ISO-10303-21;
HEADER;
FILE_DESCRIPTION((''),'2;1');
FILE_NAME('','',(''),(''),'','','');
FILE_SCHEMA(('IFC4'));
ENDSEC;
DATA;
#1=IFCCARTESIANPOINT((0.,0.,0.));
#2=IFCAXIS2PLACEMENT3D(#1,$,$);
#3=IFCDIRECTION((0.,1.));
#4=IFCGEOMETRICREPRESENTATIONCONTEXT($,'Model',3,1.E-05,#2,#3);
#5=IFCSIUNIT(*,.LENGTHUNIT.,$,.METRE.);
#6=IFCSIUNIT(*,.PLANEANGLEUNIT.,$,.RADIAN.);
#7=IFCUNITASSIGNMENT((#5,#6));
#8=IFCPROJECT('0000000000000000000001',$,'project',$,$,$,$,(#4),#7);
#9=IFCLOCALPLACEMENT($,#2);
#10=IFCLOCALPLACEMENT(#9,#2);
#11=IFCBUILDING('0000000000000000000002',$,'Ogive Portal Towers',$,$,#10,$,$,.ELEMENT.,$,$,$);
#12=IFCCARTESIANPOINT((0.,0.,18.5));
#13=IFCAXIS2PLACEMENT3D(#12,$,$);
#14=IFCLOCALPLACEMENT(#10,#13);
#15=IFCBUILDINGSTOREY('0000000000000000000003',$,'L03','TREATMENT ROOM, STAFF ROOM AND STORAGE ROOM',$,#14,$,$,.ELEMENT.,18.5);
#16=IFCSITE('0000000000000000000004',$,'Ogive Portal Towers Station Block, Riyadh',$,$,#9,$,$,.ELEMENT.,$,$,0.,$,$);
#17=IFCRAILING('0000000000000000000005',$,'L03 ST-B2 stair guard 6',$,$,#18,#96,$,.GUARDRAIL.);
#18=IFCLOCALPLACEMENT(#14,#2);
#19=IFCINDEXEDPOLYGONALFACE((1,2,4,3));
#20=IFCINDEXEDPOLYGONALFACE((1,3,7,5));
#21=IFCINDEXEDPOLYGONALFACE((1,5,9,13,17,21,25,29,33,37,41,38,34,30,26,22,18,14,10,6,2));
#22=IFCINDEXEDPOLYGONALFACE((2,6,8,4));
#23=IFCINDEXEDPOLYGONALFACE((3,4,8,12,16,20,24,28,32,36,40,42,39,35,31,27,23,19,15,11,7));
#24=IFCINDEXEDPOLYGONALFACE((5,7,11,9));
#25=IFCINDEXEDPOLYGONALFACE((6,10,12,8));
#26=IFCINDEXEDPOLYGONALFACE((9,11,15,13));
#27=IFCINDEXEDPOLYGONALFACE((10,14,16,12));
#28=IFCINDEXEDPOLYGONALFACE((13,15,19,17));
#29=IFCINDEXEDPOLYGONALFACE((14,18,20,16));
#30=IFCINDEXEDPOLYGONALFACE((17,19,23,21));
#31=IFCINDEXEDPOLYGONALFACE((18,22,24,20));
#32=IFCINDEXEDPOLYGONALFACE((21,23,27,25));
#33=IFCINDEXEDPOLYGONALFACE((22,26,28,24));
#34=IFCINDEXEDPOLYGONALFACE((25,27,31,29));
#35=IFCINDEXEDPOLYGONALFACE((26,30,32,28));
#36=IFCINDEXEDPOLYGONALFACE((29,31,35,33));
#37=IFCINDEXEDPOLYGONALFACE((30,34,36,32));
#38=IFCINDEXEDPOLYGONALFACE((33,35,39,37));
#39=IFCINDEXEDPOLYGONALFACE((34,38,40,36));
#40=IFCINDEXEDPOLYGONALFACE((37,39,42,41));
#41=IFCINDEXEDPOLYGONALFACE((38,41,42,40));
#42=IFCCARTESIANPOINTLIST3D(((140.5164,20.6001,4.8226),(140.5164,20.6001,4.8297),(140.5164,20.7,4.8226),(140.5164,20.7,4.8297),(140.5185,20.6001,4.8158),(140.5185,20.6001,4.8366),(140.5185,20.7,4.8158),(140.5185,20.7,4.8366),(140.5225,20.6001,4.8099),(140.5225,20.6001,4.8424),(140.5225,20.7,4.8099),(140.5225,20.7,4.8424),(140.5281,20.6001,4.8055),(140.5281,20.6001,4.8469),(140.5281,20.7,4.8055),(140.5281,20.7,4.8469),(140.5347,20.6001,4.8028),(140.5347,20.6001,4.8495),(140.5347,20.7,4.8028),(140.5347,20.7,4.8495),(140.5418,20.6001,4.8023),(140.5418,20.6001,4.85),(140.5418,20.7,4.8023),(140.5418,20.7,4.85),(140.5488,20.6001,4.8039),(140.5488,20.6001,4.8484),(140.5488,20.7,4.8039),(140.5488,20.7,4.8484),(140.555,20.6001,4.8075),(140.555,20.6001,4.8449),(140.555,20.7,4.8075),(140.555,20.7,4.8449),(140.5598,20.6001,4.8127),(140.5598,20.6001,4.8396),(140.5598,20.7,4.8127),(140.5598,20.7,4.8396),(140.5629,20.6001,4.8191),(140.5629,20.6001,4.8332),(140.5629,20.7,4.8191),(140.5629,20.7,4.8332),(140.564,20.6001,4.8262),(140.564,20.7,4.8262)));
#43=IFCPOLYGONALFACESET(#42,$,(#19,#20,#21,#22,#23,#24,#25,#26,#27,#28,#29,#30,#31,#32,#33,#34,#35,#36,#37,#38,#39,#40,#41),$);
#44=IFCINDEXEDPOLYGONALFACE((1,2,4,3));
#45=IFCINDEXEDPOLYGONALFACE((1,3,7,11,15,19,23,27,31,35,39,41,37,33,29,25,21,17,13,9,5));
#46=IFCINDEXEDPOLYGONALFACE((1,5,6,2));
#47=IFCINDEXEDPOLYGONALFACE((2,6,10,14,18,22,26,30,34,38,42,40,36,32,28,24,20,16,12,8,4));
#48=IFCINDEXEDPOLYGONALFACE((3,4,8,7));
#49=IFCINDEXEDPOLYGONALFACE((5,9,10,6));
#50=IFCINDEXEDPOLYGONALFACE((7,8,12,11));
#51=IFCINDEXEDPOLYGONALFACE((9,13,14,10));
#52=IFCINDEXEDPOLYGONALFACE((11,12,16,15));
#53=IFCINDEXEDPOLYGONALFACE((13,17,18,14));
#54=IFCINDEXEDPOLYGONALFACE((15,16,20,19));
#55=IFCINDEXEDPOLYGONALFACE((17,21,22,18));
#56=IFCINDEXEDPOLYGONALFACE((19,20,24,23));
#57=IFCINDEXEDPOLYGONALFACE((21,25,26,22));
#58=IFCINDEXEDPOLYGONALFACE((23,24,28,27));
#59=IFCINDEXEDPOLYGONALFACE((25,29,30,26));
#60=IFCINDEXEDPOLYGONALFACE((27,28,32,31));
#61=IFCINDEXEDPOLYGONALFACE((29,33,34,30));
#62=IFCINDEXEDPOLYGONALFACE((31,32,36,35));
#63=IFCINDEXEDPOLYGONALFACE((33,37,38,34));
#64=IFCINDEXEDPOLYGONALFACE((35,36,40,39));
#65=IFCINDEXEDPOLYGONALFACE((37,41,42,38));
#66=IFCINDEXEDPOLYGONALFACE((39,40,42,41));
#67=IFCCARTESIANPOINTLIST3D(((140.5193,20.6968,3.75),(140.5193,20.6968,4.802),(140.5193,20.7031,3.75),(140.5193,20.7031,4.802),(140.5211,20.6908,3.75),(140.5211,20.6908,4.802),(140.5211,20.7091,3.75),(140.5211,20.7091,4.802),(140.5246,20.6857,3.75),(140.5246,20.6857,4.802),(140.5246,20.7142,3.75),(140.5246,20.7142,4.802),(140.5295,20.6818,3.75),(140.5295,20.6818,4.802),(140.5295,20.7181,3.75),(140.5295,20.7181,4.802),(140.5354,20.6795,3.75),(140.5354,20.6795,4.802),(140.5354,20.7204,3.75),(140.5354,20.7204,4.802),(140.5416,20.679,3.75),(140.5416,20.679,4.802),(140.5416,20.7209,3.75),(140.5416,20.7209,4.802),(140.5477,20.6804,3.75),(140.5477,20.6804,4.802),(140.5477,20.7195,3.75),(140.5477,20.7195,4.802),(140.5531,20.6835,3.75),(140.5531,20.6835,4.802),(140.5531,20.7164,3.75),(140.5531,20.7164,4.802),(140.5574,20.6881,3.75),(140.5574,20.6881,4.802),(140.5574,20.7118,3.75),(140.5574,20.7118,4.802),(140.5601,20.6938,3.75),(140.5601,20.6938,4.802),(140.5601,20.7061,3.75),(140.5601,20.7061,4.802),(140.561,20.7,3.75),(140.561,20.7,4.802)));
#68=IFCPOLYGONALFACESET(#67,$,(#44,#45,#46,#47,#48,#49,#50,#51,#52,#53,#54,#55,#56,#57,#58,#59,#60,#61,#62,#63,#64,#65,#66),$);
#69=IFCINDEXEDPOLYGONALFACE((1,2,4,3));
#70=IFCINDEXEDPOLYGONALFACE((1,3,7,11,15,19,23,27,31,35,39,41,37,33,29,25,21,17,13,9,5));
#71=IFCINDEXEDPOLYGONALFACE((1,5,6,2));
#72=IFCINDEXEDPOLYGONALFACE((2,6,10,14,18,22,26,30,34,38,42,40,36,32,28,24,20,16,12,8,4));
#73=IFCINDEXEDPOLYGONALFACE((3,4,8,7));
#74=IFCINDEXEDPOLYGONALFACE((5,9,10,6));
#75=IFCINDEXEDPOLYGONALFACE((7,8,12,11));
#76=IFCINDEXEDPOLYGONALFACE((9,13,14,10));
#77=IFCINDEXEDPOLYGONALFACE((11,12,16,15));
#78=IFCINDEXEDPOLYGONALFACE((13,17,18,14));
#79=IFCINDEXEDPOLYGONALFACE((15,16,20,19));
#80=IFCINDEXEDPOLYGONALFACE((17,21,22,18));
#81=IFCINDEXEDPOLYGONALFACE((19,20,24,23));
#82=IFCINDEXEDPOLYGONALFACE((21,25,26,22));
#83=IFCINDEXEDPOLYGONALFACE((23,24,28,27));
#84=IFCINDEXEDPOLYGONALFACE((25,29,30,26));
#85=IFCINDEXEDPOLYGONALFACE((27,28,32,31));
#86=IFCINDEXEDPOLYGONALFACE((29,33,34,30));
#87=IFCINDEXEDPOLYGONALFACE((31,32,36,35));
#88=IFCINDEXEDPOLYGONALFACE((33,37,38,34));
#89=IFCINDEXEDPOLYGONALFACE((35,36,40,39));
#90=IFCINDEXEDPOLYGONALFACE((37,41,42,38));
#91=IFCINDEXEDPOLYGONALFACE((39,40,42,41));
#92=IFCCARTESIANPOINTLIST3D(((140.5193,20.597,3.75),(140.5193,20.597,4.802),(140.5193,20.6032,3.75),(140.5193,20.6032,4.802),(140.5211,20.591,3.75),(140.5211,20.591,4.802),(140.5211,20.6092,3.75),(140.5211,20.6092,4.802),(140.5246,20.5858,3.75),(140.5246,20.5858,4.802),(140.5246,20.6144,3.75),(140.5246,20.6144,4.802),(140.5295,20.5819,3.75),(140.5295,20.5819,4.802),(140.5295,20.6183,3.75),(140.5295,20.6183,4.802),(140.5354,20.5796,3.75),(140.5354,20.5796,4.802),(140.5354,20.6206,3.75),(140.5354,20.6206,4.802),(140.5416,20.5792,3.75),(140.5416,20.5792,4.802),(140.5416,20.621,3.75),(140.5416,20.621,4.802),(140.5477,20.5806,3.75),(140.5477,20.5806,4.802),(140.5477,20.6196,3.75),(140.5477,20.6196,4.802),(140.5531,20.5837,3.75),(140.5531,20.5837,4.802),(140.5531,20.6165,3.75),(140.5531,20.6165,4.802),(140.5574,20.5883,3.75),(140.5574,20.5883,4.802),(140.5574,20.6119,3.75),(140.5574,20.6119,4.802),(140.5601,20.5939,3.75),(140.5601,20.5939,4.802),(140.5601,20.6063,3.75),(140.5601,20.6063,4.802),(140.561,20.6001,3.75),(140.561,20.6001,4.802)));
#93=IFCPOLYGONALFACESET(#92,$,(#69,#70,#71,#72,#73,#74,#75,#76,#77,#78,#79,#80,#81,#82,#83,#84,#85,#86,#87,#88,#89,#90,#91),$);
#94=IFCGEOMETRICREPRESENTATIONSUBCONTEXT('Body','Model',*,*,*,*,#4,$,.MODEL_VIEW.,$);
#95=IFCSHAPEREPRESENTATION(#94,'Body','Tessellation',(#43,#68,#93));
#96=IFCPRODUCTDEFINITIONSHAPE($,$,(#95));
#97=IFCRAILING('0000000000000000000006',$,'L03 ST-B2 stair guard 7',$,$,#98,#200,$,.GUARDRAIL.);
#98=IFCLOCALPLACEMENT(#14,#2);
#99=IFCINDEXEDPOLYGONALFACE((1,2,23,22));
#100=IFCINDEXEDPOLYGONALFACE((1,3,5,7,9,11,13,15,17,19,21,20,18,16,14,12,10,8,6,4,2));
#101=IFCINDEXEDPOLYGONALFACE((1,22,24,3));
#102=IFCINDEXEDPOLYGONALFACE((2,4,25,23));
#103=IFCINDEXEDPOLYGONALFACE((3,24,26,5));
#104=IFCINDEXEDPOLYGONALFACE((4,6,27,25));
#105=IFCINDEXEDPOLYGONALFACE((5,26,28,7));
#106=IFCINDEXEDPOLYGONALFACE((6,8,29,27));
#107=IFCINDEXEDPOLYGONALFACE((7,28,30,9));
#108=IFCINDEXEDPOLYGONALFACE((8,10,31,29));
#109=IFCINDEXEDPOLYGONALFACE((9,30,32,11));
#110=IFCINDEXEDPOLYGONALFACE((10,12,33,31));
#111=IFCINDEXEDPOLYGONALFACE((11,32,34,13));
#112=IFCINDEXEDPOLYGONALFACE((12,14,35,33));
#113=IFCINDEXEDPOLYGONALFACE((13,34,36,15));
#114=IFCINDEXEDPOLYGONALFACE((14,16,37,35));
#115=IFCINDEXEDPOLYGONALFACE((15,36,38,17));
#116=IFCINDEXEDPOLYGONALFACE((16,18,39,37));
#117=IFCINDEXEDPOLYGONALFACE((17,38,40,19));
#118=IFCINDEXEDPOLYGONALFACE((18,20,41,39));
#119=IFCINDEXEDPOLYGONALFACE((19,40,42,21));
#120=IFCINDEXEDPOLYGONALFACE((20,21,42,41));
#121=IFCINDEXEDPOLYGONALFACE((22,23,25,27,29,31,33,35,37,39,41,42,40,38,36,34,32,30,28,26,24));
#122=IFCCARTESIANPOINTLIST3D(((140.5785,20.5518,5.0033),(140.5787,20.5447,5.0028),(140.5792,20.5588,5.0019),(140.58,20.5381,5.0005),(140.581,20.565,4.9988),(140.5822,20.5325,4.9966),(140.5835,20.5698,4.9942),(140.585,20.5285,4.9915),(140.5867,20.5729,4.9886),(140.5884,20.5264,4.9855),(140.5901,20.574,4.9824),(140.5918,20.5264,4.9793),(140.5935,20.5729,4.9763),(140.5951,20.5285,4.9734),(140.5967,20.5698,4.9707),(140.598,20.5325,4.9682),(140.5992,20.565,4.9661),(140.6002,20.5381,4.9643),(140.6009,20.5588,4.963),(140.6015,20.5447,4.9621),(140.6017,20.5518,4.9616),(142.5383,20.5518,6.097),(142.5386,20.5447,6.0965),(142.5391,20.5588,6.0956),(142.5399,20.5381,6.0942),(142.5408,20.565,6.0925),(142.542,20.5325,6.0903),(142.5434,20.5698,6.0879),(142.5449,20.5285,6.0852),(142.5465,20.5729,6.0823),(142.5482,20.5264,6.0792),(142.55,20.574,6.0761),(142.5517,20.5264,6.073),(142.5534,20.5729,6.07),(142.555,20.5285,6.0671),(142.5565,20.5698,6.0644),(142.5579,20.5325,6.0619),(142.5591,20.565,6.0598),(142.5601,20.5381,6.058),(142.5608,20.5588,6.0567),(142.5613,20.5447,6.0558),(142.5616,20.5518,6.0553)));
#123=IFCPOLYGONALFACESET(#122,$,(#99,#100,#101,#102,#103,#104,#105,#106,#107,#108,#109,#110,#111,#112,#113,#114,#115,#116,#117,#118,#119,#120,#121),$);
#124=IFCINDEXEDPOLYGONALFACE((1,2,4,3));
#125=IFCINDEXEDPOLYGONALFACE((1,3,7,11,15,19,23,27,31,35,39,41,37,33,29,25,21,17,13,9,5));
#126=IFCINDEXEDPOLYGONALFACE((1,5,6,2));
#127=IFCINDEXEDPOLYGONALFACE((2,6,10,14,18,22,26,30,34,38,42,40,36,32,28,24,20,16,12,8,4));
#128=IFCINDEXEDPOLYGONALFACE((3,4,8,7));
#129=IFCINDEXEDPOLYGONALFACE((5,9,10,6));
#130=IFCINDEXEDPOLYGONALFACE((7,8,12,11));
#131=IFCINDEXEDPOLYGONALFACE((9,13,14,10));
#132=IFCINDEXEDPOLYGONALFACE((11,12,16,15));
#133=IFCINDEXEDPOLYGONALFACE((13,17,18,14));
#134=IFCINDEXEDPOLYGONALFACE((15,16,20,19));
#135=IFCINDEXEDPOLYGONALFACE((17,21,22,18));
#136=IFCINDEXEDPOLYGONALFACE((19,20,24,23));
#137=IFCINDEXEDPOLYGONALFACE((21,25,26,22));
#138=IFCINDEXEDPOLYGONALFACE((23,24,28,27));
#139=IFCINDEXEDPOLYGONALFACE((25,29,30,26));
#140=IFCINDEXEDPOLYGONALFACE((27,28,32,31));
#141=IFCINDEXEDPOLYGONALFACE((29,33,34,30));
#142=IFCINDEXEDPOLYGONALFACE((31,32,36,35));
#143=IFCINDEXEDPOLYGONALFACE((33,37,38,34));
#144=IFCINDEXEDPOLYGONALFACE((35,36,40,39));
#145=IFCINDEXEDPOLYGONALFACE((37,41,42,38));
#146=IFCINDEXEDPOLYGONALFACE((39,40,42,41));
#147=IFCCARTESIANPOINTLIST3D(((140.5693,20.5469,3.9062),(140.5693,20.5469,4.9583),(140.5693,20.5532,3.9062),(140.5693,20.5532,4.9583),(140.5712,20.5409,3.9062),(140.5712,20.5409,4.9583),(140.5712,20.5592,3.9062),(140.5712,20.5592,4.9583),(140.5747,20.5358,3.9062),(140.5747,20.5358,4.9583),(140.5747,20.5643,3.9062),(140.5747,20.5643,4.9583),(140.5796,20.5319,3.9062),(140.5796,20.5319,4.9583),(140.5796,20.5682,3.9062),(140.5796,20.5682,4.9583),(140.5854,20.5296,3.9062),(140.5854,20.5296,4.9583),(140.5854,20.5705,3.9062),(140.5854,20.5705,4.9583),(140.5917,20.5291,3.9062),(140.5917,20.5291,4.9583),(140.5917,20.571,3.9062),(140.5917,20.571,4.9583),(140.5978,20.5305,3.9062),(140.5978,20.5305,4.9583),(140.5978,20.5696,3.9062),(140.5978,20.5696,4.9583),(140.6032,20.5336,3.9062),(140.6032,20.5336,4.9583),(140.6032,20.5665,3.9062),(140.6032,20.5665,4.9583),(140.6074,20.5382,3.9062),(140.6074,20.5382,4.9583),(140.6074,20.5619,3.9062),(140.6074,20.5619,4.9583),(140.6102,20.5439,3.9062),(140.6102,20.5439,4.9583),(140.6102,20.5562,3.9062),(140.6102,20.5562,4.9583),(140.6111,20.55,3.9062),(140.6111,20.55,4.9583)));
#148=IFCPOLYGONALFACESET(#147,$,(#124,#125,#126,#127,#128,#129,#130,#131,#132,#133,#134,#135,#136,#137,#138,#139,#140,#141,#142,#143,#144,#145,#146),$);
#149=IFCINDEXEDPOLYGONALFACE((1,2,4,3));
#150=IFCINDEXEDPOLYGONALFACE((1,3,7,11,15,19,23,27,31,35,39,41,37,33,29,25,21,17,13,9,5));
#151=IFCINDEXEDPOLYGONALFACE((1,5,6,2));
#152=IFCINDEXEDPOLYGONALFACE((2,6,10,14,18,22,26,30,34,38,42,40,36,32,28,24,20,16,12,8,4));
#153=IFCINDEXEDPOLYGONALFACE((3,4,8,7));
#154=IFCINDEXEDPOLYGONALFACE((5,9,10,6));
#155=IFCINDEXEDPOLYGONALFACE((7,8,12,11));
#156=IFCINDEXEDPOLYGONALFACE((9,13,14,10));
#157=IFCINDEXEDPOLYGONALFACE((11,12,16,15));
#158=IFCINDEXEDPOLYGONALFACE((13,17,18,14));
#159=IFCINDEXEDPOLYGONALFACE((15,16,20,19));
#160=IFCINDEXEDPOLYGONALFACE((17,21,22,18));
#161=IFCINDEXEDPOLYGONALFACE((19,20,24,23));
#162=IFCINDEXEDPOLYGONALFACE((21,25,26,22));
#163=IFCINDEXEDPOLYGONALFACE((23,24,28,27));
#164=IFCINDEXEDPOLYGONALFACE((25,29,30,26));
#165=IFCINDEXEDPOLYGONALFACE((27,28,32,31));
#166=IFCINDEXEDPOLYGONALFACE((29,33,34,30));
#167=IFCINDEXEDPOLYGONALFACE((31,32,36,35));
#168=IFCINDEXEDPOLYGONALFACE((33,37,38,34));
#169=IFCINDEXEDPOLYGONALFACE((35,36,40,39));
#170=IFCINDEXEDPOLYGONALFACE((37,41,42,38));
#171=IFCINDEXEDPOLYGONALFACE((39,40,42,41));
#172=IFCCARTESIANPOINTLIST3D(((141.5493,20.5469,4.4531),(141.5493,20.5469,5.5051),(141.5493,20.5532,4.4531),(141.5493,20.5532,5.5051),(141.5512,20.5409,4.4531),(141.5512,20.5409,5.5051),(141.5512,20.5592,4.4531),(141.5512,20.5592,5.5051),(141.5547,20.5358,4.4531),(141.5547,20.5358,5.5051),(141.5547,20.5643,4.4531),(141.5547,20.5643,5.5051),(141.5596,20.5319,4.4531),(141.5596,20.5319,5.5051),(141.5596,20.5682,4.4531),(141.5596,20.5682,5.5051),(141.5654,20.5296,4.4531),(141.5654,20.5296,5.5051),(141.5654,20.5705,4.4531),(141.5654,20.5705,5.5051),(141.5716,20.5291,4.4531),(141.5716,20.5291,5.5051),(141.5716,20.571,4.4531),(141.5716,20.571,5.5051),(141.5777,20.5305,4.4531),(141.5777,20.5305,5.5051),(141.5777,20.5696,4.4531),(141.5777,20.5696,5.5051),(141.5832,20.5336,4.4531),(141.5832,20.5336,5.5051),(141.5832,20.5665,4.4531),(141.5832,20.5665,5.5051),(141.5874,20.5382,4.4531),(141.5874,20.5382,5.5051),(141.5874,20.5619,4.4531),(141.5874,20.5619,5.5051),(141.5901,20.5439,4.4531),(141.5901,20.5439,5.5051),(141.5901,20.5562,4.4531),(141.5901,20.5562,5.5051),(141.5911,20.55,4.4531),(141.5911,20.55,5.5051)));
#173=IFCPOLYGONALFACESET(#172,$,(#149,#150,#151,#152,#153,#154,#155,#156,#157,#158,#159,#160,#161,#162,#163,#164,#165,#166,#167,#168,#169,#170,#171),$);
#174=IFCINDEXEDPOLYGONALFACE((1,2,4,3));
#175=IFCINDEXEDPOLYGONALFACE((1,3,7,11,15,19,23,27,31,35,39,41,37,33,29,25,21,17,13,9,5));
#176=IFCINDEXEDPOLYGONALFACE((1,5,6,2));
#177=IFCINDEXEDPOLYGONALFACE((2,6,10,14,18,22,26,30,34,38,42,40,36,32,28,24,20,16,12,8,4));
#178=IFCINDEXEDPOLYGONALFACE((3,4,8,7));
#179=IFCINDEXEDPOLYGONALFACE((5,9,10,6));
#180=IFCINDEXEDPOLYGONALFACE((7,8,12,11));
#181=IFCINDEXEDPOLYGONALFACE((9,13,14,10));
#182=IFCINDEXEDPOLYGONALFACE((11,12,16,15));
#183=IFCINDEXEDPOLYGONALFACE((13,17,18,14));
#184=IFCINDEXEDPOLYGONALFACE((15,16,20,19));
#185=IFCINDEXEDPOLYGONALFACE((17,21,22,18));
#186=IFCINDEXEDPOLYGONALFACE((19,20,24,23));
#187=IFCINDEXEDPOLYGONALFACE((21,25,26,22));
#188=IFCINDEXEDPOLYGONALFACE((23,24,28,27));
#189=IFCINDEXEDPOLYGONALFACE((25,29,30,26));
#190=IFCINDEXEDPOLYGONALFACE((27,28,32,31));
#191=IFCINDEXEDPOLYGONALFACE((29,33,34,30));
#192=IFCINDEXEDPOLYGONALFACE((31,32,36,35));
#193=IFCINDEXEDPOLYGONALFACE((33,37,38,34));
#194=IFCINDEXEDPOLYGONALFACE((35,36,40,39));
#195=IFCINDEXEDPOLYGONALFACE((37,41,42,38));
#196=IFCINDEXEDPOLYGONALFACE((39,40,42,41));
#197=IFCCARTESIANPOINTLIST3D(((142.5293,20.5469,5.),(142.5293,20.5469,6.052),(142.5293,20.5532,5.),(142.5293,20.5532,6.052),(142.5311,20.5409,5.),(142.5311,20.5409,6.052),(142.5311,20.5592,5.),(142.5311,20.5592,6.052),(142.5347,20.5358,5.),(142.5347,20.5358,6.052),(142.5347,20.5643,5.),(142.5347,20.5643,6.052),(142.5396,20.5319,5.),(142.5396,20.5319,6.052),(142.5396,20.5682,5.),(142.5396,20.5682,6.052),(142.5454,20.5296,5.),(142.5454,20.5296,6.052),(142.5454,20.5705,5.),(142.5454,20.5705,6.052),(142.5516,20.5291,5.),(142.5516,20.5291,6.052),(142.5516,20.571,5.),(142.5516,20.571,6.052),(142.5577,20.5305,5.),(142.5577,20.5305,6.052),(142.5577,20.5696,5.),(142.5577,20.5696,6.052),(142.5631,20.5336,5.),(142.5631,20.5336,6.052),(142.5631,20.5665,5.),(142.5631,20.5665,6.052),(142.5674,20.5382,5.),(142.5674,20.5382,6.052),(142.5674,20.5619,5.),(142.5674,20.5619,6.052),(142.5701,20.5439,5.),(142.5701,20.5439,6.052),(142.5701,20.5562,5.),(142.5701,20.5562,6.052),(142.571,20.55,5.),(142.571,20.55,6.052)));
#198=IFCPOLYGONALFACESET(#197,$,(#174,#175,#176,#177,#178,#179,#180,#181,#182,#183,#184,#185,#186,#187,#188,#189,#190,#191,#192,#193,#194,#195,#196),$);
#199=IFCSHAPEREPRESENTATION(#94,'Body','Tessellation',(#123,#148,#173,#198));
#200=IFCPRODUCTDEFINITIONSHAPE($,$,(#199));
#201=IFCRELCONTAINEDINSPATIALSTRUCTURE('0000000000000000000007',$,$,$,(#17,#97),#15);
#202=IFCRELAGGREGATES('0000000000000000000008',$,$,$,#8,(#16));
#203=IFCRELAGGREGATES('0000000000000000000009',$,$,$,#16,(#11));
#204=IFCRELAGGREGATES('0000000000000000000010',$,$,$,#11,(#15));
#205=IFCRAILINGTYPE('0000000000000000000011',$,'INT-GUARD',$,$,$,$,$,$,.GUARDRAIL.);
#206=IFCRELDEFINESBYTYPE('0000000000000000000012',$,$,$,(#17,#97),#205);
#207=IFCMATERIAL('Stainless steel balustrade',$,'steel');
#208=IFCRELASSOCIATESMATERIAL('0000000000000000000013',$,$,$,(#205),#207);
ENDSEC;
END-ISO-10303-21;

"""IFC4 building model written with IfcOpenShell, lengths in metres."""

from ifc_helpers import new_model, si_unit, direction, frame, origin, origin_2d, place, context, subcontext, project, spatial, circle, extrude, material, type_object, element, save


model = new_model("IFC4")

# Units and contexts
model_context = context("Model", 3, precision=1e-05, world=origin(), true_north=direction((0.0, 1.0)))
body_context = subcontext(model_context, "Body", "Model", "MODEL_VIEW")
ifc_project = project(units=[si_unit("LENGTHUNIT", "METRE"), si_unit("PLANEANGLEUNIT", "RADIAN")], contexts=[model_context])

# Site, building, storey
site_placement = place(None, origin())
site = spatial("IfcSite", under=ifc_project, at=site_placement, Name="Ogive Portal Towers Station Block, Riyadh", CompositionType="ELEMENT", RefElevation=0.0)
building_placement = place(site_placement, origin())
building = spatial("IfcBuilding", under=site, at=building_placement, Name="Ogive Portal Towers", CompositionType="ELEMENT")
storey_placement = place(building_placement, frame((0.0, 0.0, 18.5)))
storey = spatial("IfcBuildingStorey", under=building, at=storey_placement, Name="L03", Description="TREATMENT ROOM, STAFF ROOM AND STORAGE ROOM", CompositionType="ELEMENT", Elevation=18.5)

# Railings
ifc_material_1 = material(Name="Stainless steel balustrade", Category="steel")
railing_type_1 = type_object("IfcRailingType", Name="INT-GUARD", PredefinedType="GUARDRAIL", material=ifc_material_1)
railing_1_placement = place(storey_placement, frame((140.54, 20.7, 3.75)))
element("IfcRailing", 1, at=railing_1_placement, inside=storey, type_object=railing_type_1, Name="L03 ST-B2 stair guard 6", PredefinedType="GUARDRAIL", context=body_context, shape_type="SweptSolid", body=[
    extrude(circle(Radius=0.0239, at=origin_2d()), frame((0.0, 0.0, 1.0762), z_axis=(0.0, -1.0, 0.0), x_axis=(1.0, 0.0, 0.0)), (0.0, 0.0, 1.0), 0.0999),
    extrude(circle(Radius=0.021, at=origin_2d()), origin(), (0.0, 0.0, 1.0), 1.052),
    extrude(circle(Radius=0.021, at=origin_2d()), frame((0.0, -0.0999, 0.0)), (0.0, 0.0, 1.0), 1.052),
])
railing_2_placement = place(storey_placement, frame((140.5901, 20.55, 3.9062)))
element("IfcRailing", 2, at=railing_2_placement, inside=storey, type_object=railing_type_1, Name="L03 ST-B2 stair guard 7", PredefinedType="GUARDRAIL", context=body_context, shape_type="SweptSolid", body=[
    extrude(circle(Radius=0.0239, at=origin_2d()), frame((0.0, 0.0, 1.0762), z_axis=(0.873232, 0.0, 0.487304), x_axis=(0.0, 1.0, 0.0)), (0.0, 0.0, 1.0), 2.2444),
    extrude(circle(Radius=0.021, at=origin_2d()), origin(), (0.0, 0.0, 1.0), 1.052),
    extrude(circle(Radius=0.021, at=origin_2d()), frame((0.98, 0.0, 0.5469)), (0.0, 0.0, 1.0), 1.052),
    extrude(circle(Radius=0.021, at=origin_2d()), frame((1.96, 0.0, 1.0938)), (0.0, 0.0, 1.0), 1.052),
])

save(model, "model.ifc")
